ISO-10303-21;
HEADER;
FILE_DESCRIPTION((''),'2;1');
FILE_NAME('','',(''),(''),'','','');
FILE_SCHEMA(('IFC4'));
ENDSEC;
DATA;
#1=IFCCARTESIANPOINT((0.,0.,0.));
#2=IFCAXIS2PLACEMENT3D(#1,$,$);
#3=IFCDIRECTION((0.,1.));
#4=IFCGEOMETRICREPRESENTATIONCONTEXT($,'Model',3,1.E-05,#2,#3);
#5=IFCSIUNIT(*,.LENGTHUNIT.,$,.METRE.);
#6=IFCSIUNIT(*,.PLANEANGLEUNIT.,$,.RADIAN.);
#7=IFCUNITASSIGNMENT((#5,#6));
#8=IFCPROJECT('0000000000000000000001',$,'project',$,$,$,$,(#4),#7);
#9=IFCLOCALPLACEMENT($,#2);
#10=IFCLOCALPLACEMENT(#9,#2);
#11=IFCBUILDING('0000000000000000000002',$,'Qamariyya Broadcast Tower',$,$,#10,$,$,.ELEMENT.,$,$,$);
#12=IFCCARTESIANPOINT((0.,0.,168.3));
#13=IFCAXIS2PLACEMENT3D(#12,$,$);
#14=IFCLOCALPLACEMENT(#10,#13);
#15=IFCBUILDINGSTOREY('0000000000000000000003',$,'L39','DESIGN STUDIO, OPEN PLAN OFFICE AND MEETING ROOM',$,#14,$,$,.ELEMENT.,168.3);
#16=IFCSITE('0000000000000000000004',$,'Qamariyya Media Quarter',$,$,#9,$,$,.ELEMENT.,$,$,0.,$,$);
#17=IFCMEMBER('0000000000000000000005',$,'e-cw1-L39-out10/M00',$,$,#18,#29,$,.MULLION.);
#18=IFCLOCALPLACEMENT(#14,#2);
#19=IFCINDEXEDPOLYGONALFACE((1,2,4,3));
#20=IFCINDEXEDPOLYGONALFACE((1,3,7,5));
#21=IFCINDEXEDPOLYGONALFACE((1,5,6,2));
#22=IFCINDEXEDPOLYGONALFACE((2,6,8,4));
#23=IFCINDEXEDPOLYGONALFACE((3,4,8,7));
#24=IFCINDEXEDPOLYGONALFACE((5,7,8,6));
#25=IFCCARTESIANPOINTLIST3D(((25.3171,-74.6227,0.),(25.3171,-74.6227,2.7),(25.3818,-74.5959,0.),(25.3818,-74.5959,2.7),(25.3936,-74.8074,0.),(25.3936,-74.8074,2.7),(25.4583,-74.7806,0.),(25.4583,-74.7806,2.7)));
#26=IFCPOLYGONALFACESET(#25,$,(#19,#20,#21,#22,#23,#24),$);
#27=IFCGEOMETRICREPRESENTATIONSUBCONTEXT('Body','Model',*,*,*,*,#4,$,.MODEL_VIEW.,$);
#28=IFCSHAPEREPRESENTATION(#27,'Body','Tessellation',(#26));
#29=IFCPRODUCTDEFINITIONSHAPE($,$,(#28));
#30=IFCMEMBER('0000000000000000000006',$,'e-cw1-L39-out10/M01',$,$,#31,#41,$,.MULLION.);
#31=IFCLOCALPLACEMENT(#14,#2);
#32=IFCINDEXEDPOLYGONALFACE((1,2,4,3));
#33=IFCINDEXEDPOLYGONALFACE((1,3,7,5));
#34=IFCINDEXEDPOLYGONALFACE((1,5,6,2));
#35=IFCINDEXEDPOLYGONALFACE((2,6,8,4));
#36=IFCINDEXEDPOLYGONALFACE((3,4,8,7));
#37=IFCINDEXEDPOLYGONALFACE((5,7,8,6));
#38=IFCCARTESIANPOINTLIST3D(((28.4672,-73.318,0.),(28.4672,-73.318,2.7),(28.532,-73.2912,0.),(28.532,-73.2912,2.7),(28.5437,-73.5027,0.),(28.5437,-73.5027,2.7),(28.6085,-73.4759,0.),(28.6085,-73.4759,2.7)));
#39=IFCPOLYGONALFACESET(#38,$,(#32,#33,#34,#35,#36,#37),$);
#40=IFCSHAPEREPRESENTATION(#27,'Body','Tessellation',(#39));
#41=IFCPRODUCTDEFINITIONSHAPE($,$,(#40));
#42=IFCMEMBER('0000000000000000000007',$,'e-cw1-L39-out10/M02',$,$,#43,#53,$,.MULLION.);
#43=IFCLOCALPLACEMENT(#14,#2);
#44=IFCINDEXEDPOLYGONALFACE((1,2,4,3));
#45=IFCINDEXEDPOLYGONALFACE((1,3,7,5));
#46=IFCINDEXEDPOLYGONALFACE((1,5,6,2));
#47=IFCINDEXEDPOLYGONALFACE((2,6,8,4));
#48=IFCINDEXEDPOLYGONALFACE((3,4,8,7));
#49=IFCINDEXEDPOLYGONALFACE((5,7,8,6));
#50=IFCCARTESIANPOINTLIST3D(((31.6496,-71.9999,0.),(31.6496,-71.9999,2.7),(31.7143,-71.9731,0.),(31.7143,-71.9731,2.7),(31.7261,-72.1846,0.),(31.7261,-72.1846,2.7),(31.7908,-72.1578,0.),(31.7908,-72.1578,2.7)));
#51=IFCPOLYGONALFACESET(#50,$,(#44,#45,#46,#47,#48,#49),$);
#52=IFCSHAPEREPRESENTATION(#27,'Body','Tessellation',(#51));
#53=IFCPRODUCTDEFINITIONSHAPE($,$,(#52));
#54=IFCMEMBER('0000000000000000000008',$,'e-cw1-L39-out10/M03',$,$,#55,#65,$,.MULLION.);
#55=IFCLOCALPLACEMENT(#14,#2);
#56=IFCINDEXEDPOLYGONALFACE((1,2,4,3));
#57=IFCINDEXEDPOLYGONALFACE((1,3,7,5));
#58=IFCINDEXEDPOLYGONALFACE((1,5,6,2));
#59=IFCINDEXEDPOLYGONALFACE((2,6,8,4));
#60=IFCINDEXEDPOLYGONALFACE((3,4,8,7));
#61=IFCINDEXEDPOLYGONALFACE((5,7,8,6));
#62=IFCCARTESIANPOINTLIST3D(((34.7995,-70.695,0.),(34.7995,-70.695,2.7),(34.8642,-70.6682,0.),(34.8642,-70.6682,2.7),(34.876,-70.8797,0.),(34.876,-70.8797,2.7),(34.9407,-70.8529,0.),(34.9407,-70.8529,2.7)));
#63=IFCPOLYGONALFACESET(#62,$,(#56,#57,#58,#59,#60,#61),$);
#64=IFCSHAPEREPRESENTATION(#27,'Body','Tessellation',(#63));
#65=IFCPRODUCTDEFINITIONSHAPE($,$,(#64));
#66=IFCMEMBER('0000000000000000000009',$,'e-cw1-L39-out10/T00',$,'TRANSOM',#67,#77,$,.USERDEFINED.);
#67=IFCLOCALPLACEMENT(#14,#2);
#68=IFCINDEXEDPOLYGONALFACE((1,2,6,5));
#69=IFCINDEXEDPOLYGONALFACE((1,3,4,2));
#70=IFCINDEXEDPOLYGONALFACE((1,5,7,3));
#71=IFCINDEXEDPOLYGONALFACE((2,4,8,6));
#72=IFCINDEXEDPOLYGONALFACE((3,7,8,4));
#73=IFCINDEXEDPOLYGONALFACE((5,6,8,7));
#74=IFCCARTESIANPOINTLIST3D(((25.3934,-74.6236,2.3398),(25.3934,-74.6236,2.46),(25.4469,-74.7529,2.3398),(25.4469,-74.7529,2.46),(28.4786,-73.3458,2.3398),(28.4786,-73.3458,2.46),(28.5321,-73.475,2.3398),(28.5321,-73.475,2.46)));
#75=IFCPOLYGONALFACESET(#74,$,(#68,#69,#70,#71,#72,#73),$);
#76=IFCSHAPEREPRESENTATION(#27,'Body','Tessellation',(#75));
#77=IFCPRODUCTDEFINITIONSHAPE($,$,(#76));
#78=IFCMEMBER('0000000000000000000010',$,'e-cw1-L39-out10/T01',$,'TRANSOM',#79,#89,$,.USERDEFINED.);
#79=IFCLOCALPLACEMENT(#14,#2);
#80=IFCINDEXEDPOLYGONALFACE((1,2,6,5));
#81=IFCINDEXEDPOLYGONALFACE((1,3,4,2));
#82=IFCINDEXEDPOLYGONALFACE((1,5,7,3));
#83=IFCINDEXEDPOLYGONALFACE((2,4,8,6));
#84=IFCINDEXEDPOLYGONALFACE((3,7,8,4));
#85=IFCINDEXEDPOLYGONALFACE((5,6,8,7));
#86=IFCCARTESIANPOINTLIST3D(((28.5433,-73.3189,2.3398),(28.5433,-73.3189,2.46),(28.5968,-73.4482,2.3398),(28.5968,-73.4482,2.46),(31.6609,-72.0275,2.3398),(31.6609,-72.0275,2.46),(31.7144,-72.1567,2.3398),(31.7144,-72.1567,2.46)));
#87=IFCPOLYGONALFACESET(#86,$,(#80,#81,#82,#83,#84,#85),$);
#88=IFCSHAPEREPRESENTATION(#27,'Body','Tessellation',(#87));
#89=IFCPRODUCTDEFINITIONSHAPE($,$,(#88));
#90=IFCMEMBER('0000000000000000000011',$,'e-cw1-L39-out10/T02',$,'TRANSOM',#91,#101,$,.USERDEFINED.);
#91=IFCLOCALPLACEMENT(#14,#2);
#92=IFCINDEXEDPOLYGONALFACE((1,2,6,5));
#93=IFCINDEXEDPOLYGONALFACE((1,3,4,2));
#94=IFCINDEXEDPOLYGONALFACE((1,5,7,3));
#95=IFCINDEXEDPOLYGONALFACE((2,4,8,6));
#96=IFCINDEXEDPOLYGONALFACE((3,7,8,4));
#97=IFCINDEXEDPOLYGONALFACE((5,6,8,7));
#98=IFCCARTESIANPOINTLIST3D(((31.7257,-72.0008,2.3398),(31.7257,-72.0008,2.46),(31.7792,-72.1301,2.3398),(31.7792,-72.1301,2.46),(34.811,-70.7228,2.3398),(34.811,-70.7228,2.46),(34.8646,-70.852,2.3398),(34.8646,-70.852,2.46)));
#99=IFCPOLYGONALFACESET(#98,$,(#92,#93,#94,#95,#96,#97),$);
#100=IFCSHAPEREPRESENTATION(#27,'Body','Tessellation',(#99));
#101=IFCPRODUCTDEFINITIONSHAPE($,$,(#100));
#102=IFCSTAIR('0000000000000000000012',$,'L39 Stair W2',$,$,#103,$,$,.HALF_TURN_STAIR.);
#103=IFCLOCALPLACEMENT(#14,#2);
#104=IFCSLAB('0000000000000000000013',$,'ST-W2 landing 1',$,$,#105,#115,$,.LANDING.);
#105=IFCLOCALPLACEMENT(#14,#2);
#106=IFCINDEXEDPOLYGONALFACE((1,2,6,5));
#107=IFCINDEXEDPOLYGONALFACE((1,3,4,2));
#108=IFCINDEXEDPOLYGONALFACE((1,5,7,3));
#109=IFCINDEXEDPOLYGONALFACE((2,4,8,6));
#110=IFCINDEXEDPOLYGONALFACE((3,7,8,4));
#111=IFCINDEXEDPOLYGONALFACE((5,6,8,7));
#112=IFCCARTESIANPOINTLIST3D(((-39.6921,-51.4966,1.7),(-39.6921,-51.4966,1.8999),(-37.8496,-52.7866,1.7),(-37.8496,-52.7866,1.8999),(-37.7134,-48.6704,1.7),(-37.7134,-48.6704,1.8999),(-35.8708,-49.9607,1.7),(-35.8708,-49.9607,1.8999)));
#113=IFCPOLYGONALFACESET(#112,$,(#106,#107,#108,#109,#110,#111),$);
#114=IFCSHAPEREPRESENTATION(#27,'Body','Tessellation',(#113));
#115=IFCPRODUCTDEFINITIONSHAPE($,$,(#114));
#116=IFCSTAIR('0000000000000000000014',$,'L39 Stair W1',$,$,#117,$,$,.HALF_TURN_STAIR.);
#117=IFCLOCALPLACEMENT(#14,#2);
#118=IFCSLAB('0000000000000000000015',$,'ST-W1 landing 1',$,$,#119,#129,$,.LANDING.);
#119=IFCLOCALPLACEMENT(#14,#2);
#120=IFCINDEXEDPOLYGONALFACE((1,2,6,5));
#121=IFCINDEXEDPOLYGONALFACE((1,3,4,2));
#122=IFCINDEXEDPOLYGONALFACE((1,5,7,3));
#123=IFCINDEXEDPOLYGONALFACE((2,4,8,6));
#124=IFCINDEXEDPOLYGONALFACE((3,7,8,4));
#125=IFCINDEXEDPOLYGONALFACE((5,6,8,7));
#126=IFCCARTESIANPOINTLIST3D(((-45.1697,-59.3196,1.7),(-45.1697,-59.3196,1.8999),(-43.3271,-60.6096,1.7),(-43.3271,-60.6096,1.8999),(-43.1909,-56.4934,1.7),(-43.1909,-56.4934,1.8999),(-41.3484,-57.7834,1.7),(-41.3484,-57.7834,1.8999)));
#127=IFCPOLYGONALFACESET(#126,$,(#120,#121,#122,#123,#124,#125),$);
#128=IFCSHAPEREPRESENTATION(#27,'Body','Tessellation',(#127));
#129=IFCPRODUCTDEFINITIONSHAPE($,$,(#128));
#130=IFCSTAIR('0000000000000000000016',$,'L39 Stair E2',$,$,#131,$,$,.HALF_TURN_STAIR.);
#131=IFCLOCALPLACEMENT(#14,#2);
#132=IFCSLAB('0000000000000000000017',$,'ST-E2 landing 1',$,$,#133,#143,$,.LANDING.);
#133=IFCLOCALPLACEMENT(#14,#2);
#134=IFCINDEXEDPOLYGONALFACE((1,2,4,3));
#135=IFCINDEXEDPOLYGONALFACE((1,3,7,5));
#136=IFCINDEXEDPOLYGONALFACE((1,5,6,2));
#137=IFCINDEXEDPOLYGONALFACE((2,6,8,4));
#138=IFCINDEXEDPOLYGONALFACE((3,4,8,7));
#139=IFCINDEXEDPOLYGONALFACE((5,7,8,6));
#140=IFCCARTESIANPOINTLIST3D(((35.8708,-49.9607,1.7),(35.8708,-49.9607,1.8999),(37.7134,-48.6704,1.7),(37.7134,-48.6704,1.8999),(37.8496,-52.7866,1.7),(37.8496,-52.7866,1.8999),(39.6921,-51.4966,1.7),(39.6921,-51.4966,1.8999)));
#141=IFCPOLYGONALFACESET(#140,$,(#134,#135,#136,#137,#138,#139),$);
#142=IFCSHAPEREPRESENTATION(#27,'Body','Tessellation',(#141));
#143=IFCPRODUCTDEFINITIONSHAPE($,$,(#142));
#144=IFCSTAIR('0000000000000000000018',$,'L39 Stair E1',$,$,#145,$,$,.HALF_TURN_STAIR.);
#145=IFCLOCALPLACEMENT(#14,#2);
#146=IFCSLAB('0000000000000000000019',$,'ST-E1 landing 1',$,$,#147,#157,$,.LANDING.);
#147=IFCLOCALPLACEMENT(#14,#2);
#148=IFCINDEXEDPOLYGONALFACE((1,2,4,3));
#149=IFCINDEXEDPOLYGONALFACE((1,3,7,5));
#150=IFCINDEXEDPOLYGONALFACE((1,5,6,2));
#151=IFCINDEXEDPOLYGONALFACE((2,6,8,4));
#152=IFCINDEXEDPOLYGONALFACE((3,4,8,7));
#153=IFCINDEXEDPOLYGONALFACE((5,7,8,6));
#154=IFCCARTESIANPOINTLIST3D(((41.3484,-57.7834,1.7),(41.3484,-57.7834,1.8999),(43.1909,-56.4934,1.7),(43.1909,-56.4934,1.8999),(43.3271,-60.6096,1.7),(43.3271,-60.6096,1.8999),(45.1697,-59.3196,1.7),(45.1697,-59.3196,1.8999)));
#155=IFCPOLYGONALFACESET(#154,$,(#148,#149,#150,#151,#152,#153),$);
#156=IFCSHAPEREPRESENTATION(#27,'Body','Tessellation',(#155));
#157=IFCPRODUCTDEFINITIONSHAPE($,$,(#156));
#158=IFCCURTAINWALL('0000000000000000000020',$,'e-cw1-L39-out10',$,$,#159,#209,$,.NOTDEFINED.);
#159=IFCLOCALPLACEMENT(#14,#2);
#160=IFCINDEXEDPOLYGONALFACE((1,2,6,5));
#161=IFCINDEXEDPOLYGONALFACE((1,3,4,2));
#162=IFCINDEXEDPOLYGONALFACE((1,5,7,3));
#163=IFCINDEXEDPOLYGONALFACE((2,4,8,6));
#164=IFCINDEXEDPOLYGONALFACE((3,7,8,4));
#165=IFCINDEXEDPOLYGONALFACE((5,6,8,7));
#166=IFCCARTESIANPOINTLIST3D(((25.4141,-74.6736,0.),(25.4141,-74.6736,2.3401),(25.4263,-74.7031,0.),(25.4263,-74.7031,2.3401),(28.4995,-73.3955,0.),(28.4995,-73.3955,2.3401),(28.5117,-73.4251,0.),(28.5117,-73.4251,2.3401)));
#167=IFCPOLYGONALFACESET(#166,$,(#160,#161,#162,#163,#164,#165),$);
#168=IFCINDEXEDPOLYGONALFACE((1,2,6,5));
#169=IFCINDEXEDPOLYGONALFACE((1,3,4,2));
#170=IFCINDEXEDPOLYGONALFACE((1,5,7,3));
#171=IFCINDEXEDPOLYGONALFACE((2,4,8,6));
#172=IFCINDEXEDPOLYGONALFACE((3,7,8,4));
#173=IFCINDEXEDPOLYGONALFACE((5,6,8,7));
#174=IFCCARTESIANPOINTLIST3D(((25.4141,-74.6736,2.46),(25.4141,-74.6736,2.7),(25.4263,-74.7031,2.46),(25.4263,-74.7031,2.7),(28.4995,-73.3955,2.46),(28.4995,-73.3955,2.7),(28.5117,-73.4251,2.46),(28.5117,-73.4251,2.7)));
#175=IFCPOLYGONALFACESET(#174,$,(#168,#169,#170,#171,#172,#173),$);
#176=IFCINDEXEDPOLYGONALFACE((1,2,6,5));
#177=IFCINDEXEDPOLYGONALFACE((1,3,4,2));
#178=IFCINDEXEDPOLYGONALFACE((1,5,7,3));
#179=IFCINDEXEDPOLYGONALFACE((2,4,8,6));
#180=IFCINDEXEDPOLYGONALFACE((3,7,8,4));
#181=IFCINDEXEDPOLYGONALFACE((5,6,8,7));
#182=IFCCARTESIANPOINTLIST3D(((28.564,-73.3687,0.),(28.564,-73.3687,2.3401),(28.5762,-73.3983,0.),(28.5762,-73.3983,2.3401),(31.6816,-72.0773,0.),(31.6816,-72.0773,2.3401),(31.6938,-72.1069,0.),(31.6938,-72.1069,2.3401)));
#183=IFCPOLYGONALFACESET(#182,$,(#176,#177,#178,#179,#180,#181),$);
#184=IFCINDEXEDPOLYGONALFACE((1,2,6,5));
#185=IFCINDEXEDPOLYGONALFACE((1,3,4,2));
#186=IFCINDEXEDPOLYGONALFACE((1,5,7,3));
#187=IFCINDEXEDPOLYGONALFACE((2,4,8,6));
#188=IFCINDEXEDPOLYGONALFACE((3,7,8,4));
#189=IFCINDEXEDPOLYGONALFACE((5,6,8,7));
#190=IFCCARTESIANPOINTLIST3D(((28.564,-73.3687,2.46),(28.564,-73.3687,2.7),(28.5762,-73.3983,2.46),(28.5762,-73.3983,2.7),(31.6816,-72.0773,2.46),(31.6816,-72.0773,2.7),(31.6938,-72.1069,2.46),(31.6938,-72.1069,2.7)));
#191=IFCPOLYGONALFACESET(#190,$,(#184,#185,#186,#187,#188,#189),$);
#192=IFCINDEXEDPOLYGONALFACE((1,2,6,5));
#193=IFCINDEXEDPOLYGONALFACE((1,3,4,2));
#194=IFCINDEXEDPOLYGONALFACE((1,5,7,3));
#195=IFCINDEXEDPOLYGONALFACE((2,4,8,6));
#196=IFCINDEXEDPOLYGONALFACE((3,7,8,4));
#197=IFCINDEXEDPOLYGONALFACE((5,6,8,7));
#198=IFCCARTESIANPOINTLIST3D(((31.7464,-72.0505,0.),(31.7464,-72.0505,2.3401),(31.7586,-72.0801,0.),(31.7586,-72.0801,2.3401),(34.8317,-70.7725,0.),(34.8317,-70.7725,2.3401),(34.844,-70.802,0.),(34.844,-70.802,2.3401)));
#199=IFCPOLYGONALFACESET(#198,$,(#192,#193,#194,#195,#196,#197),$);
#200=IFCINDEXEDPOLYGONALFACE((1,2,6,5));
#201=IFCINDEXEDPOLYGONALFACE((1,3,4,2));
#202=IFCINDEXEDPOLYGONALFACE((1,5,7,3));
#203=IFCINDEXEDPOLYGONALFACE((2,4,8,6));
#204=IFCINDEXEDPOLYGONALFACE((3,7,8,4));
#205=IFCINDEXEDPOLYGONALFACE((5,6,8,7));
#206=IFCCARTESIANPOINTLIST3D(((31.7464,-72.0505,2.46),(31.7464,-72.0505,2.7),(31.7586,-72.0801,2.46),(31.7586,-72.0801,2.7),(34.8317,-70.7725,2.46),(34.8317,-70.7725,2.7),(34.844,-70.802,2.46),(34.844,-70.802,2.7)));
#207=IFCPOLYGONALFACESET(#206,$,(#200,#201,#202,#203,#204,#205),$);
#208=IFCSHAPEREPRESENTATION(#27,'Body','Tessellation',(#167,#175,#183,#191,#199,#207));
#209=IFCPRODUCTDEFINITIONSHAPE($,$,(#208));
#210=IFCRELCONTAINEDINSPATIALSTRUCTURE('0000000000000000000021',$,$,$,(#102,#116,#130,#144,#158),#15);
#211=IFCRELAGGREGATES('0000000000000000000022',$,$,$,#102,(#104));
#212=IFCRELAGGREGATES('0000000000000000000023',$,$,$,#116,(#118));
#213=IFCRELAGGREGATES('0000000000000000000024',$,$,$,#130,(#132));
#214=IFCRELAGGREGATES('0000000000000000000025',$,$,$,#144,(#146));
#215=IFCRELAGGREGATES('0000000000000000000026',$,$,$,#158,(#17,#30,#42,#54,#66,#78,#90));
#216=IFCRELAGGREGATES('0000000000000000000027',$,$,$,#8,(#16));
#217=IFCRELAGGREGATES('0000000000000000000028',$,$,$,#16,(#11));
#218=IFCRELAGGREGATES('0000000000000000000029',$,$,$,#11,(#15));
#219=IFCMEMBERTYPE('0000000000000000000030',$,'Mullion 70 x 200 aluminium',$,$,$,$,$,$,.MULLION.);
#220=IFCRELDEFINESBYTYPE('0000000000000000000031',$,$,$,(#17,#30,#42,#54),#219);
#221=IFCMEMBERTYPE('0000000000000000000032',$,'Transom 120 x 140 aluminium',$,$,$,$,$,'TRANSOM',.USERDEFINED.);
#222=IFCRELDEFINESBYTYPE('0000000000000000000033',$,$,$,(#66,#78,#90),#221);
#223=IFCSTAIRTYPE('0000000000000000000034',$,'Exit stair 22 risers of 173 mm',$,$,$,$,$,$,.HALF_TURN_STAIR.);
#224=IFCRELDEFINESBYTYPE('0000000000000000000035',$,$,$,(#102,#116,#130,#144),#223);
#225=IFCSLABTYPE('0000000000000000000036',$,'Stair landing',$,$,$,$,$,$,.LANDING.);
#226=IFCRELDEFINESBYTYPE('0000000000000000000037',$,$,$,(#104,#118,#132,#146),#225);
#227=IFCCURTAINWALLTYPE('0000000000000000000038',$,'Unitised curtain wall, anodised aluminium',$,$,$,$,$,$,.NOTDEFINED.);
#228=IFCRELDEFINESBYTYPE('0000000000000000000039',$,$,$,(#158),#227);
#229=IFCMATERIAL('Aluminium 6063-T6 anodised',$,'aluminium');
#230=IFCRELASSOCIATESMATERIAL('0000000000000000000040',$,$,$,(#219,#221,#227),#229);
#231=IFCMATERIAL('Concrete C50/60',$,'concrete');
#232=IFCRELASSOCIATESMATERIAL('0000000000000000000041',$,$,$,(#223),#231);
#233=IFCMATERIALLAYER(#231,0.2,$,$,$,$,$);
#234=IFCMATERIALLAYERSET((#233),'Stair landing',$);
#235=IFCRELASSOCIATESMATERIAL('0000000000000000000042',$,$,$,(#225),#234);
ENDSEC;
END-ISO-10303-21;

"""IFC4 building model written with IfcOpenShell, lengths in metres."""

from ifc_helpers import new_model, si_unit, direction, frame, origin, origin_2d, place, context, subcontext, project, spatial, polyline, rectangle, outline, extrude, material, layer, layer_set, material_profile, profile_set, type_object, element, aggregate, save


model = new_model("IFC4")

# Units and contexts
model_context = context("Model", 3, precision=1e-05, world=origin(), true_north=direction((0.0, 1.0)))
body_context = subcontext(model_context, "Body", "Model", "MODEL_VIEW")
ifc_project = project(units=[si_unit("LENGTHUNIT", "METRE"), si_unit("PLANEANGLEUNIT", "RADIAN")], contexts=[model_context])

# Members
ifc_material_1 = material(Name="Aluminium 6063-T6 anodised", Category="aluminium")
ifc_material_profile_1 = material_profile(ifc_material_1, rectangle(XDim=0.2, YDim=0.0701, at=origin_2d()))
ifc_profile_set_1 = profile_set([ifc_material_profile_1], Name="Aluminium 6063-T6 anodised")
member_type_1 = type_object("IfcMemberType", Name="Mullion 70 x 200 aluminium", PredefinedType="MULLION", material=ifc_profile_set_1)
site_placement = place(None, origin())
building_placement = place(site_placement, origin())
storey_placement = place(building_placement, frame((0.0, 0.0, 168.3)))
member_1_placement = place(storey_placement, frame((25.3877, -74.7017, 0.0), z_axis=(0.0, 0.0, 1.0), x_axis=(-0.382683, 0.92388, 0.0)))
member_1 = element("IfcMember", 1, at=member_1_placement, type_object=member_type_1, Name="e-cw1-L39-out10/M00", PredefinedType="MULLION", context=body_context, shape_type="SweptSolid", body=[
    extrude(rectangle(XDim=0.2, YDim=0.0701, at=origin_2d()), origin(), (0.0, 0.0, 1.0), 2.7),
])
member_2_placement = place(storey_placement, frame((28.5378, -73.397, 0.0), z_axis=(0.0, 0.0, 1.0), x_axis=(-0.382683, 0.92388, 0.0)))
member_2 = element("IfcMember", 2, at=member_2_placement, type_object=member_type_1, Name="e-cw1-L39-out10/M01", PredefinedType="MULLION", context=body_context, shape_type="SweptSolid", body=[
    extrude(rectangle(XDim=0.2, YDim=0.0701, at=origin_2d()), origin(), (0.0, 0.0, 1.0), 2.7),
])
member_3_placement = place(storey_placement, frame((31.7202, -72.0789, 0.0), z_axis=(0.0, 0.0, 1.0), x_axis=(-0.382683, 0.92388, 0.0)))
member_3 = element("IfcMember", 3, at=member_3_placement, type_object=member_type_1, Name="e-cw1-L39-out10/M02", PredefinedType="MULLION", context=body_context, shape_type="SweptSolid", body=[
    extrude(rectangle(XDim=0.2, YDim=0.0701, at=origin_2d()), origin(), (0.0, 0.0, 1.0), 2.7),
])
member_4_placement = place(storey_placement, frame((34.8701, -70.7739, 0.0), z_axis=(0.0, 0.0, 1.0), x_axis=(-0.382683, 0.92388, 0.0)))
member_4 = element("IfcMember", 4, at=member_4_placement, type_object=member_type_1, Name="e-cw1-L39-out10/M03", PredefinedType="MULLION", context=body_context, shape_type="SweptSolid", body=[
    extrude(rectangle(XDim=0.2, YDim=0.0701, at=origin_2d()), origin(), (0.0, 0.0, 1.0), 2.7),
])
ifc_material_profile_2 = material_profile(ifc_material_1, rectangle(XDim=0.1399, YDim=0.1201, at=origin_2d()))
ifc_profile_set_2 = profile_set([ifc_material_profile_2], Name="Aluminium 6063-T6 anodised")
member_type_2 = type_object("IfcMemberType", Name="Transom 120 x 140 aluminium", ElementType="TRANSOM", PredefinedType="USERDEFINED", material=ifc_profile_set_2)
member_5_placement = place(storey_placement, frame((25.4202, -74.6882, 2.3999), z_axis=(0.92389, 0.382657, 0.0), x_axis=(-0.382657, 0.92389, 0.0)))
member_5 = element("IfcMember", 5, at=member_5_placement, type_object=member_type_2, Name="e-cw1-L39-out10/T00", ObjectType="TRANSOM", PredefinedType="USERDEFINED", context=body_context, shape_type="SweptSolid", body=[
    extrude(rectangle(XDim=0.1399, YDim=0.1201, at=origin_2d()), origin(), (0.0, 0.0, 1.0), 3.3394),
])
member_6_placement = place(storey_placement, frame((28.5701, -73.3835, 2.3999), z_axis=(0.923867, 0.382714, 0.0), x_axis=(-0.382714, 0.923867, 0.0)))
member_6 = element("IfcMember", 6, at=member_6_placement, type_object=member_type_2, Name="e-cw1-L39-out10/T01", ObjectType="TRANSOM", PredefinedType="USERDEFINED", context=body_context, shape_type="SweptSolid", body=[
    extrude(rectangle(XDim=0.1399, YDim=0.1201, at=origin_2d()), origin(), (0.0, 0.0, 1.0), 3.3745),
])
member_7_placement = place(storey_placement, frame((31.7524, -72.0654, 2.3999), z_axis=(0.923875, 0.382694, 0.0), x_axis=(-0.382694, 0.923875, 0.0)))
member_7 = element("IfcMember", 7, at=member_7_placement, type_object=member_type_2, Name="e-cw1-L39-out10/T02", ObjectType="TRANSOM", PredefinedType="USERDEFINED", context=body_context, shape_type="SweptSolid", body=[
    extrude(rectangle(XDim=0.1399, YDim=0.1201, at=origin_2d()), origin(), (0.0, 0.0, 1.0), 3.3396),
])

# Site, building, storey
site = spatial("IfcSite", under=ifc_project, at=site_placement, Name="Qamariyya Media Quarter", CompositionType="ELEMENT", RefElevation=0.0)
building = spatial("IfcBuilding", under=site, at=building_placement, Name="Qamariyya Broadcast Tower", CompositionType="ELEMENT")
storey = spatial("IfcBuildingStorey", under=building, at=storey_placement, Name="L39", Description="DESIGN STUDIO, OPEN PLAN OFFICE AND MEETING ROOM", CompositionType="ELEMENT", Elevation=168.3)

# Stairs, slabs
ifc_material_2 = material(Name="Concrete C50/60", Category="concrete")
stair_type = type_object("IfcStairType", Name="Exit stair 22 risers of 173 mm", PredefinedType="HALF_TURN_STAIR", material=ifc_material_2)
stair_1_placement = place(storey_placement, origin())
stair_1 = element("IfcStair", 8, at=stair_1_placement, inside=storey, type_object=stair_type, Name="L39 Stair W2", PredefinedType="HALF_TURN_STAIR")
ifc_layer = layer(ifc_material_2, 0.2)
ifc_layer_set = layer_set([ifc_layer], Name="Stair landing")
slab_type = type_object("IfcSlabType", Name="Stair landing", PredefinedType="LANDING", material=ifc_layer_set)
slab_1_placement = place(storey_placement, frame((0.0, 0.0, 1.7)))
slab_1 = element("IfcSlab", 9, at=slab_1_placement, type_object=slab_type, Name="ST-W2 landing 1", PredefinedType="LANDING", context=body_context, shape_type="SweptSolid", body=[
    extrude(outline(polyline([(-39.6921, -51.4966), (-37.8496, -52.7866), (-35.8708, -49.9607), (-37.7134, -48.6704), (-39.6921, -51.4966)])), origin(), (0.0, 0.0, 1.0), 0.2),
])
aggregate(stair_1, [slab_1])
stair_2_placement = place(storey_placement, origin())
stair_2 = element("IfcStair", 10, at=stair_2_placement, inside=storey, type_object=stair_type, Name="L39 Stair W1", PredefinedType="HALF_TURN_STAIR")
slab_2_placement = place(storey_placement, frame((0.0, 0.0, 1.7)))
slab_2 = element("IfcSlab", 11, at=slab_2_placement, type_object=slab_type, Name="ST-W1 landing 1", PredefinedType="LANDING", context=body_context, shape_type="SweptSolid", body=[
    extrude(outline(polyline([(-45.1697, -59.3196), (-43.3271, -60.6096), (-41.3484, -57.7834), (-43.1909, -56.4934), (-45.1697, -59.3196)])), origin(), (0.0, 0.0, 1.0), 0.2),
])
aggregate(stair_2, [slab_2])
stair_3_placement = place(storey_placement, origin())
stair_3 = element("IfcStair", 12, at=stair_3_placement, inside=storey, type_object=stair_type, Name="L39 Stair E2", PredefinedType="HALF_TURN_STAIR")
slab_3_placement = place(storey_placement, frame((0.0, 0.0, 1.7)))
slab_3 = element("IfcSlab", 13, at=slab_3_placement, type_object=slab_type, Name="ST-E2 landing 1", PredefinedType="LANDING", context=body_context, shape_type="SweptSolid", body=[
    extrude(outline(polyline([(37.7134, -48.6704), (35.8708, -49.9607), (37.8496, -52.7866), (39.6921, -51.4966), (37.7134, -48.6704)])), origin(), (0.0, 0.0, 1.0), 0.2),
])
aggregate(stair_3, [slab_3])
stair_4_placement = place(storey_placement, origin())
stair_4 = element("IfcStair", 14, at=stair_4_placement, inside=storey, type_object=stair_type, Name="L39 Stair E1", PredefinedType="HALF_TURN_STAIR")
slab_4_placement = place(storey_placement, frame((0.0, 0.0, 1.7)))
slab_4 = element("IfcSlab", 15, at=slab_4_placement, type_object=slab_type, Name="ST-E1 landing 1", PredefinedType="LANDING", context=body_context, shape_type="SweptSolid", body=[
    extrude(outline(polyline([(43.1909, -56.4934), (41.3484, -57.7834), (43.3271, -60.6096), (45.1697, -59.3196), (43.1909, -56.4934)])), origin(), (0.0, 0.0, 1.0), 0.2),
])
aggregate(stair_4, [slab_4])

# Curtain wall
curtain_wall_type = type_object("IfcCurtainWallType", Name="Unitised curtain wall, anodised aluminium", PredefinedType="NOTDEFINED", material=ifc_material_1)
curtain_wall_placement = place(storey_placement, origin())
curtain_wall = element("IfcCurtainWall", 16, at=curtain_wall_placement, inside=storey, type_object=curtain_wall_type, Name="e-cw1-L39-out10", PredefinedType="NOTDEFINED", context=body_context, shape_type="SweptSolid", body=[
    extrude(rectangle(XDim=3.3396, YDim=0.032, at=origin_2d()), frame((26.9629, -74.0493, 0.0), x_axis=(0.923878, 0.382687, 0.0)), (0.0, 0.0, 1.0), 2.3401),
    extrude(rectangle(XDim=3.3396, YDim=0.032, at=origin_2d()), frame((26.9629, -74.0493, 2.46), x_axis=(0.923878, 0.382687, 0.0)), (0.0, 0.0, 1.0), 0.24),
    extrude(rectangle(XDim=3.3745, YDim=0.032, at=origin_2d()), frame((30.1289, -72.7378, 0.0), x_axis=(0.923878, 0.382687, 0.0)), (0.0, 0.0, 1.0), 2.3401),
    extrude(rectangle(XDim=3.3745, YDim=0.032, at=origin_2d()), frame((30.1289, -72.7378, 2.46), x_axis=(0.923878, 0.382687, 0.0)), (0.0, 0.0, 1.0), 0.24),
    extrude(rectangle(XDim=3.3396, YDim=0.032, at=origin_2d()), frame((33.2952, -71.4263, 0.0), x_axis=(0.923878, 0.382687, 0.0)), (0.0, 0.0, 1.0), 2.3401),
    extrude(rectangle(XDim=3.3396, YDim=0.032, at=origin_2d()), frame((33.2952, -71.4263, 2.46), x_axis=(0.923878, 0.382687, 0.0)), (0.0, 0.0, 1.0), 0.24),
])
aggregate(curtain_wall, [member_1, member_2, member_3, member_4, member_5, member_6, member_7])

save(model, "model.ifc")
